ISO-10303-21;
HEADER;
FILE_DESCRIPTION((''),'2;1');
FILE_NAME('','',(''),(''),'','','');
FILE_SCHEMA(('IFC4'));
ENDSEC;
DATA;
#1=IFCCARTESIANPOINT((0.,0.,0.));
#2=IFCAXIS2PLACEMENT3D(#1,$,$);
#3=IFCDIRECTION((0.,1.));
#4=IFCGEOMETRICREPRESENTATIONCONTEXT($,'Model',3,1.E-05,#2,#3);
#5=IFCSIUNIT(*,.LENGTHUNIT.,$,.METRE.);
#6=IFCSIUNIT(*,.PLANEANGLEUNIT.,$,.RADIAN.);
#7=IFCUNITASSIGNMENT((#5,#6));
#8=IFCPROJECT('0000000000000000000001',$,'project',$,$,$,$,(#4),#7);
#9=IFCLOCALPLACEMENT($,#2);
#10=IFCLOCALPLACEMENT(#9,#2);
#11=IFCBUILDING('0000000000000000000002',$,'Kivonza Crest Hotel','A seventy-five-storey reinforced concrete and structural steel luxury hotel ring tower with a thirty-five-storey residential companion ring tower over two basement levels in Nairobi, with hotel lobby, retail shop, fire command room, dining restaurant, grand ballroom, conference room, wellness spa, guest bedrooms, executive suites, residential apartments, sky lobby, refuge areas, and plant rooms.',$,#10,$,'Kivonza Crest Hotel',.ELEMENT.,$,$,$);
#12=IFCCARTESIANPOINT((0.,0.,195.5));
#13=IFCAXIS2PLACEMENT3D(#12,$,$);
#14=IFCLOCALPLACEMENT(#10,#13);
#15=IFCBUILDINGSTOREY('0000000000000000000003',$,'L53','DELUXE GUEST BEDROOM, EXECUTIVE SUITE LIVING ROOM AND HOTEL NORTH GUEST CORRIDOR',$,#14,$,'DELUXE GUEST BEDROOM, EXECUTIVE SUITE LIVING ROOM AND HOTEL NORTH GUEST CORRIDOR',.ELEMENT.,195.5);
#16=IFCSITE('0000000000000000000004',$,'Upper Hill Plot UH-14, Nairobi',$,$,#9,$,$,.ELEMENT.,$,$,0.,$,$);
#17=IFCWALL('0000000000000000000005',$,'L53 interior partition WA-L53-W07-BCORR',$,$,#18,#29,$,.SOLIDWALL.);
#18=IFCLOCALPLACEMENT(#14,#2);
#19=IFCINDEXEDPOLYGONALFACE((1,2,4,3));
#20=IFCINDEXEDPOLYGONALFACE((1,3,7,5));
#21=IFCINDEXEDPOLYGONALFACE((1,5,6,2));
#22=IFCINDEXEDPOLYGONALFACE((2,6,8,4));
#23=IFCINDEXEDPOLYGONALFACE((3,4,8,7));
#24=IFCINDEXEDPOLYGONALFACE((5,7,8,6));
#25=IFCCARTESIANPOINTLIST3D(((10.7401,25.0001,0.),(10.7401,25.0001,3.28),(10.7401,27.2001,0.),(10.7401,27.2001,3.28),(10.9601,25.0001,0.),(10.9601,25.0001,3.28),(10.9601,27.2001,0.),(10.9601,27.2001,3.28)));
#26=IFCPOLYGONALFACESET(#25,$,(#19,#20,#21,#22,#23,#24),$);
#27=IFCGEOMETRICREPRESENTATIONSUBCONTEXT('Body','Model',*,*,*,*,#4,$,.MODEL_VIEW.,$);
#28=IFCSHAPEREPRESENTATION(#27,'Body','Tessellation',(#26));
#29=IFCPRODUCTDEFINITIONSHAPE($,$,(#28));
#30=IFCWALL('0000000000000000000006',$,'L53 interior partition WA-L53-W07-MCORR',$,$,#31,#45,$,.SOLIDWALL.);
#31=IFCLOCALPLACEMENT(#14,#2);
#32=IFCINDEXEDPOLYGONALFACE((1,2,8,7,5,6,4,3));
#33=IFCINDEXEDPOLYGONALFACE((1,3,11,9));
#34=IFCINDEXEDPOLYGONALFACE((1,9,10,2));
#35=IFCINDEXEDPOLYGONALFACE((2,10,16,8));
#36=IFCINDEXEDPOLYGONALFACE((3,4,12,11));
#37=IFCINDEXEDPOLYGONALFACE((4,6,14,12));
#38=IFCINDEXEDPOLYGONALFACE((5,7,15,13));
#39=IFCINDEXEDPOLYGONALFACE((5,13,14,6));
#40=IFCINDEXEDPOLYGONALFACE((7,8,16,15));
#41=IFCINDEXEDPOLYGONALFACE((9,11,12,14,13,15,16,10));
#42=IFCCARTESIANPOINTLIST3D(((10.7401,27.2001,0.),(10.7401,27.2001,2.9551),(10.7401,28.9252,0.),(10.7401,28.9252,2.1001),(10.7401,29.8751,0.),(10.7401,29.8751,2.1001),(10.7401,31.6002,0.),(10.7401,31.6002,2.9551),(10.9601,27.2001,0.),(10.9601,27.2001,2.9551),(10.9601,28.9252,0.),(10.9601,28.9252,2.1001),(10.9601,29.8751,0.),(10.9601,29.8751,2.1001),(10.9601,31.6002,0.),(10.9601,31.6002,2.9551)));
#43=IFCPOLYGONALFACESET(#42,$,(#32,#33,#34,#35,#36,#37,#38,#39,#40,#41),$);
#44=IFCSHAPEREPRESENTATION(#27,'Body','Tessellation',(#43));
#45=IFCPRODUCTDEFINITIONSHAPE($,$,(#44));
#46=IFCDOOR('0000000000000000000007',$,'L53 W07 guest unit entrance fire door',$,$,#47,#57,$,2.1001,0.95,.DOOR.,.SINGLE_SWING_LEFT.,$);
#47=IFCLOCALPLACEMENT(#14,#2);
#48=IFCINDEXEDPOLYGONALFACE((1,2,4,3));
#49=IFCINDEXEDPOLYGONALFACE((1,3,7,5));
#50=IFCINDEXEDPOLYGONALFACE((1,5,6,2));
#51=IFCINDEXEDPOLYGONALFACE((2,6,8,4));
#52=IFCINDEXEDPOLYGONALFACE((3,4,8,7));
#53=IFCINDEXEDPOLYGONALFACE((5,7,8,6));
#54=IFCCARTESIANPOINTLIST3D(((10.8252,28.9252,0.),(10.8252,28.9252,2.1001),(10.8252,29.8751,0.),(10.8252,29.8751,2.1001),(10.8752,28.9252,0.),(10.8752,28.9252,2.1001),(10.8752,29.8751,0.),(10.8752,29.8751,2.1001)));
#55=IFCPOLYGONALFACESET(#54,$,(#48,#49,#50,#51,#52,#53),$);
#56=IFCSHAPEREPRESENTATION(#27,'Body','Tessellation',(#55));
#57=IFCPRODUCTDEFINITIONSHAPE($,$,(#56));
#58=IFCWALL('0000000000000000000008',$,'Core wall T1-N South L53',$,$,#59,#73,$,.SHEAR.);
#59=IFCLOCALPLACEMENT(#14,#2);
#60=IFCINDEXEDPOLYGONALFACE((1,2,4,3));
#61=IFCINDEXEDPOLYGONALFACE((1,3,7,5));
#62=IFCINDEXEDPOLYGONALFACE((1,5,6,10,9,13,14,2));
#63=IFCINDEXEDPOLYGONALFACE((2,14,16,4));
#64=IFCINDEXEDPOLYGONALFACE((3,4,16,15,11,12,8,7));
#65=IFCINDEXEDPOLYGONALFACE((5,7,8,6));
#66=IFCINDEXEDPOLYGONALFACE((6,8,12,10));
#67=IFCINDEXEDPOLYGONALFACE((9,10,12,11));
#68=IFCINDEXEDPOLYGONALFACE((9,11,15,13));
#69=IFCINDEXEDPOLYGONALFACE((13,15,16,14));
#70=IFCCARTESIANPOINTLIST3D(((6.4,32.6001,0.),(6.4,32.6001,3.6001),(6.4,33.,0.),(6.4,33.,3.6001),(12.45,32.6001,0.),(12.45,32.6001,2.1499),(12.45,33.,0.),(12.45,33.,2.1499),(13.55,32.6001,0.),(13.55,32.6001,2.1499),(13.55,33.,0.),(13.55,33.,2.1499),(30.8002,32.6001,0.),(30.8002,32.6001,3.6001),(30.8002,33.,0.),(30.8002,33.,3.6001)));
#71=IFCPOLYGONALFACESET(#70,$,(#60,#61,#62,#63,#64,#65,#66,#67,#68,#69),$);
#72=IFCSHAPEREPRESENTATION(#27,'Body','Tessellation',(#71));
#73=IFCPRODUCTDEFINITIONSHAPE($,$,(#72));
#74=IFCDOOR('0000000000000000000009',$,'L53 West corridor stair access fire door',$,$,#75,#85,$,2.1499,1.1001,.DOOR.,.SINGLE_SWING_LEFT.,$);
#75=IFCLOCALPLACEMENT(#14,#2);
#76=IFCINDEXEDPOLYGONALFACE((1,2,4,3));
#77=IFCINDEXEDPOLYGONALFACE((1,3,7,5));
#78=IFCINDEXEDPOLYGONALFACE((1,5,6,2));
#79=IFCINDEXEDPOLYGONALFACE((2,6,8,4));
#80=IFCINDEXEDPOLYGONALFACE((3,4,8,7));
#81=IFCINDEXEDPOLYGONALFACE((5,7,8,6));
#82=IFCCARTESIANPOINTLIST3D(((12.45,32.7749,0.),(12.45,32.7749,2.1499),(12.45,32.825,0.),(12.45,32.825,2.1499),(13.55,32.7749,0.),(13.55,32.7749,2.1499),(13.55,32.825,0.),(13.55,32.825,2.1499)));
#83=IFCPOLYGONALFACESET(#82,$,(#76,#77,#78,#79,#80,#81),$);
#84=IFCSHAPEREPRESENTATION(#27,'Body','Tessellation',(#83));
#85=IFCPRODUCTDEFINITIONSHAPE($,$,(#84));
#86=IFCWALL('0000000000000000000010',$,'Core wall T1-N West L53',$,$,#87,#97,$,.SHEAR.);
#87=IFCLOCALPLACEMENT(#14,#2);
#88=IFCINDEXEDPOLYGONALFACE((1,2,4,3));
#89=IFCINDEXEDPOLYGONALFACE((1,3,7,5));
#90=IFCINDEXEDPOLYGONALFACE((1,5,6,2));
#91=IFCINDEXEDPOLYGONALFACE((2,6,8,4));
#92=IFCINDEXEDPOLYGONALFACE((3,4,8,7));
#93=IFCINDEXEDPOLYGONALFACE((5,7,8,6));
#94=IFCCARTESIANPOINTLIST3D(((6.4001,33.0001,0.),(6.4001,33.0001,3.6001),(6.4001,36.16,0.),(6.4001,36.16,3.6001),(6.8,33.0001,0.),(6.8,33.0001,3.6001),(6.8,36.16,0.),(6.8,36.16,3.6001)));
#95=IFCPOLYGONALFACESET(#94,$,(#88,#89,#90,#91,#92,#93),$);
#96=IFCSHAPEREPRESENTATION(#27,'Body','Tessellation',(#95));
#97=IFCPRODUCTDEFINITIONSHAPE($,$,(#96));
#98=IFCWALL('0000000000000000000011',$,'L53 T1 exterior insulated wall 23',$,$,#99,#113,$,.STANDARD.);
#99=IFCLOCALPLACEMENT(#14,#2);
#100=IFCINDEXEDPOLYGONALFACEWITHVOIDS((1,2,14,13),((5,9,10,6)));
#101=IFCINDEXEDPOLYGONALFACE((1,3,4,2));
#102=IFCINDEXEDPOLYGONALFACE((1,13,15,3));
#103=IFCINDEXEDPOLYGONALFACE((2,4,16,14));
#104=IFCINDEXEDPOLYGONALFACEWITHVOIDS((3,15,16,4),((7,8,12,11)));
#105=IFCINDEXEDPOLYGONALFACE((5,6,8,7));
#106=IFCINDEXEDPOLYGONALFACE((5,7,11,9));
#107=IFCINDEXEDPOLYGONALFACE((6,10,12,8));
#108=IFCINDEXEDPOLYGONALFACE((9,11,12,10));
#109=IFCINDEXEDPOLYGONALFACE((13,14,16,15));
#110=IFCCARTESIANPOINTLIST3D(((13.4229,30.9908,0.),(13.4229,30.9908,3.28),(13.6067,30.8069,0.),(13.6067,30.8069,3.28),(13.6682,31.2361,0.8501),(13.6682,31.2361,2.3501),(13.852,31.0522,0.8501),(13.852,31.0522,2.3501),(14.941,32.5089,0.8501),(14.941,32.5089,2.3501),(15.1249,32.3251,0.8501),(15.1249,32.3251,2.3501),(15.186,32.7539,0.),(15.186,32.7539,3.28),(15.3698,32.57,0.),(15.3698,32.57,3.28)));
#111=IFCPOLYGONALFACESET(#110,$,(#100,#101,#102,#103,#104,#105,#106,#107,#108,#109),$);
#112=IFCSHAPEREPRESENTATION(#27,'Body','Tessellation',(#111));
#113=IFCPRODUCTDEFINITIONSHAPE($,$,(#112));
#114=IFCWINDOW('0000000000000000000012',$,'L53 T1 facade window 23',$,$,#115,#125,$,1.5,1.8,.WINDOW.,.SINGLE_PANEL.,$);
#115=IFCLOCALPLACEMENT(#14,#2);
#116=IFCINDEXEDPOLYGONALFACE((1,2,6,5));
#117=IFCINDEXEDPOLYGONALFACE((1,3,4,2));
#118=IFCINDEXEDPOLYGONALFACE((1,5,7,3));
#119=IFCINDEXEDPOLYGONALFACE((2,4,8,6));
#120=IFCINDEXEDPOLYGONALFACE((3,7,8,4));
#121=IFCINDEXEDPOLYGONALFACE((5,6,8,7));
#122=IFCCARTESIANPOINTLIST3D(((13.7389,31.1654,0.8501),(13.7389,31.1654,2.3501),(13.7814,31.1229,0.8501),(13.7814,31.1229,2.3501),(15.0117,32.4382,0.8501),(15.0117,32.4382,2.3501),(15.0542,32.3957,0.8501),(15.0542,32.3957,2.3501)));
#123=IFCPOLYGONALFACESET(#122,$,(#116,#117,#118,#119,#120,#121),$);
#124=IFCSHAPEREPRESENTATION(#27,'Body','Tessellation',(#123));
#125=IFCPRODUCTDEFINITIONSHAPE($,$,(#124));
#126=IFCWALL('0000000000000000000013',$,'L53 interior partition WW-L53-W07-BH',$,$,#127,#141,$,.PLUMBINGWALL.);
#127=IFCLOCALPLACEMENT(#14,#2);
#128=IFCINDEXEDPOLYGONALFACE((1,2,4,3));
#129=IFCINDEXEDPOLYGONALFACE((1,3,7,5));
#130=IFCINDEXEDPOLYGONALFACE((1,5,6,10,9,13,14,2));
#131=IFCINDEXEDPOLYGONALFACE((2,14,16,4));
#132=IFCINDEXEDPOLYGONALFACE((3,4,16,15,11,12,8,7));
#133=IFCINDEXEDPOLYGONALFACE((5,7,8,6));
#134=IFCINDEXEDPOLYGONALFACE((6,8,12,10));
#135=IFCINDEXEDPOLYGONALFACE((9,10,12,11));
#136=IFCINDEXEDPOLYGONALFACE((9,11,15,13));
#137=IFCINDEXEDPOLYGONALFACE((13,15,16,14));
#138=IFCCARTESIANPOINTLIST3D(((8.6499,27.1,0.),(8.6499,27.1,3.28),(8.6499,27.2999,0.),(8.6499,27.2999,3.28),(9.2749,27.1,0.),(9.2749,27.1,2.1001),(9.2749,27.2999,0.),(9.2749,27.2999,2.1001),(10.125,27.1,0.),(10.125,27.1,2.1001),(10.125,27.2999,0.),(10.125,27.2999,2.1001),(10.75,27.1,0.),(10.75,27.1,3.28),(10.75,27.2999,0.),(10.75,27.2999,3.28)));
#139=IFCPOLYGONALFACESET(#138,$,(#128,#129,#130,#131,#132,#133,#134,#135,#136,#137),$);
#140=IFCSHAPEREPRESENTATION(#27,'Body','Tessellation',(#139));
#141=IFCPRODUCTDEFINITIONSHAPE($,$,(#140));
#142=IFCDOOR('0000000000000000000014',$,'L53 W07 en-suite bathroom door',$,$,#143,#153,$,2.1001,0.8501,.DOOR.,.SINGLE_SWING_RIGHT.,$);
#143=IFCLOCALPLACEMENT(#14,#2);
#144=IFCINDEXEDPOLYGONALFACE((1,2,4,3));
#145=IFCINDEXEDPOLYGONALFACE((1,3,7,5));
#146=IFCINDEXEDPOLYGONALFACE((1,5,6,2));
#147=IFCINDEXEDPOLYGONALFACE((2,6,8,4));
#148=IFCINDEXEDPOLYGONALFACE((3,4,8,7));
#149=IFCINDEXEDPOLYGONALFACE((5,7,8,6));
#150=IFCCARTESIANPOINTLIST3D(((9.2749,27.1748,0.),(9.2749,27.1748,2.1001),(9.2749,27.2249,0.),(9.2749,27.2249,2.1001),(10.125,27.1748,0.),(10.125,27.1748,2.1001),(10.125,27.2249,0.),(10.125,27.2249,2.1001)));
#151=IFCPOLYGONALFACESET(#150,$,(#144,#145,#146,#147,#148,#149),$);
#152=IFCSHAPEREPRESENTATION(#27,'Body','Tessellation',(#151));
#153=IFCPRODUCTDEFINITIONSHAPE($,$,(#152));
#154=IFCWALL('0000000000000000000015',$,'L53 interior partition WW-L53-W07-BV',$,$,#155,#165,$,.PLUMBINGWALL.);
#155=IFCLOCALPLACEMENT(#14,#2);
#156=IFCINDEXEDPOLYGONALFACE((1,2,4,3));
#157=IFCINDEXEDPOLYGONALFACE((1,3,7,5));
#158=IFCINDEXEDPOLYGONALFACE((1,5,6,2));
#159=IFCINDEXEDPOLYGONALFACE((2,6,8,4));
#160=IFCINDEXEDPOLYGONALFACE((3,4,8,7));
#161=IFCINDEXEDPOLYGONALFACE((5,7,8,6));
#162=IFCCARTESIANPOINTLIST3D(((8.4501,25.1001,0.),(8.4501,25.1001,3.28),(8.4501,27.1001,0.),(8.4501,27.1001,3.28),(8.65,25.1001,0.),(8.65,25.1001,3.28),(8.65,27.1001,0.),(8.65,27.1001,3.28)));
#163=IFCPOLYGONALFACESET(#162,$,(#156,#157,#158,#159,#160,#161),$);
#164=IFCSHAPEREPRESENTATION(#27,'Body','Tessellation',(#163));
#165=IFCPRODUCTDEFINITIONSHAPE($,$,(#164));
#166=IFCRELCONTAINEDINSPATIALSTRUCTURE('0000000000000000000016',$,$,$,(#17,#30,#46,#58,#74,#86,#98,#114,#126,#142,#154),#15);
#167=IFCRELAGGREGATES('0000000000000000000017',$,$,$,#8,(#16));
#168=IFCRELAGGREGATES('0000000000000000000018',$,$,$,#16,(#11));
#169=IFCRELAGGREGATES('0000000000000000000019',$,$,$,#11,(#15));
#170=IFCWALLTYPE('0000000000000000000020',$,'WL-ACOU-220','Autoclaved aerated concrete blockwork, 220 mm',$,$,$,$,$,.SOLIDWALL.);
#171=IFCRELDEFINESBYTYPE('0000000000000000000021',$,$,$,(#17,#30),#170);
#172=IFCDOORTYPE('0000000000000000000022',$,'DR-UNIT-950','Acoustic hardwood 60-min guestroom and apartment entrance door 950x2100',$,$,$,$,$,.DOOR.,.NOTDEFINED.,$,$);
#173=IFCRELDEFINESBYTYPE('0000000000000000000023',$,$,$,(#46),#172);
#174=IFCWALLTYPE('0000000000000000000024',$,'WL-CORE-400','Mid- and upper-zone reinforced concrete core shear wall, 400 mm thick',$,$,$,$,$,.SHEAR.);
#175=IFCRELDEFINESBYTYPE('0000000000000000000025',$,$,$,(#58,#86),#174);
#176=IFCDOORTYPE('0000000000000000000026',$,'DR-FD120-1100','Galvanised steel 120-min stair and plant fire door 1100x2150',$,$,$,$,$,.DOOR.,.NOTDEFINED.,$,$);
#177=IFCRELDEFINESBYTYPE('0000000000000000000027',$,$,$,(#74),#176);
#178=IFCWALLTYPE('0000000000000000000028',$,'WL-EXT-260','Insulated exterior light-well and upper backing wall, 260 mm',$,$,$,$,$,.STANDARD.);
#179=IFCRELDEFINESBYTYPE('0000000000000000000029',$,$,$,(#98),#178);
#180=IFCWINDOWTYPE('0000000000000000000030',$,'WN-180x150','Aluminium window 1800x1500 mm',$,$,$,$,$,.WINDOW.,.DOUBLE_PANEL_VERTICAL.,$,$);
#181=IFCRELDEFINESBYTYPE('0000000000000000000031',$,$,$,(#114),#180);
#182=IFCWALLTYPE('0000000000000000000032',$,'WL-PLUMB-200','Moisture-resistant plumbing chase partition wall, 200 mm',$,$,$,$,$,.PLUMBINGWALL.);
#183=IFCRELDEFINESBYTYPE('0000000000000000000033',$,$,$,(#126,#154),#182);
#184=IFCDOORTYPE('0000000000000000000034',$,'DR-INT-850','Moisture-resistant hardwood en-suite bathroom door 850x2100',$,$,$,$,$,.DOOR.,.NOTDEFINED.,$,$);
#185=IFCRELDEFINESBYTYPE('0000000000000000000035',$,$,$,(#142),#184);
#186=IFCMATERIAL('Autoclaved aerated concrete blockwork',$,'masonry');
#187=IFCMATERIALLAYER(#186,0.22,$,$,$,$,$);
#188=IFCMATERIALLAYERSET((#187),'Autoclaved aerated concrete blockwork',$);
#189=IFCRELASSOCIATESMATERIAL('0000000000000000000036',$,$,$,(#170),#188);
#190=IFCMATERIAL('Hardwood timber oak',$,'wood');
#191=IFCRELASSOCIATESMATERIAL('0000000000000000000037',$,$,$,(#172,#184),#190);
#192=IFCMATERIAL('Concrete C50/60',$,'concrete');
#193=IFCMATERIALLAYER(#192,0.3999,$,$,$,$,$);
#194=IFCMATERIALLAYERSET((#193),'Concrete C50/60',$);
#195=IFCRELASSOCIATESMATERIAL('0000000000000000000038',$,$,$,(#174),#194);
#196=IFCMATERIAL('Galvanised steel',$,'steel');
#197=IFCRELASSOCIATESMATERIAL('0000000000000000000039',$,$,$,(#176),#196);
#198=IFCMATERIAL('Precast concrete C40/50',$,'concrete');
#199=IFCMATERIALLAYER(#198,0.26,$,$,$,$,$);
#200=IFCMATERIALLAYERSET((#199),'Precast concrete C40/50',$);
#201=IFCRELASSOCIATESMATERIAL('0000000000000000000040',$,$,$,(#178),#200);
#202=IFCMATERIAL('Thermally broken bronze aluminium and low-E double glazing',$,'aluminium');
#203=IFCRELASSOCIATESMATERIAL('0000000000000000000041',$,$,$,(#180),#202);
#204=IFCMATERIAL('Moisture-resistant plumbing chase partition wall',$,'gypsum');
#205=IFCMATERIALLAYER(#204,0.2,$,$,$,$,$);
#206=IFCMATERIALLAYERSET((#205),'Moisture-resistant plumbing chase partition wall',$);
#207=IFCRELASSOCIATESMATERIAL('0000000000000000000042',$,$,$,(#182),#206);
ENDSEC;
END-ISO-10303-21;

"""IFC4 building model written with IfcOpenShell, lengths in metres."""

from ifc_helpers import new_model, si_unit, direction, frame, frame_2d, origin, place, context, subcontext, project, spatial, rectangle, extrude, material, layer, layer_set, type_object, element, fill, save


model = new_model("IFC4")

# Units and contexts
model_context = context("Model", 3, precision=1e-05, world=origin(), true_north=direction((0.0, 1.0)))
body_context = subcontext(model_context, "Body", "Model", "MODEL_VIEW")
ifc_project = project(units=[si_unit("LENGTHUNIT", "METRE"), si_unit("PLANEANGLEUNIT", "RADIAN")], contexts=[model_context])

# Site, building, storey
site_placement = place(None, origin())
site = spatial("IfcSite", under=ifc_project, at=site_placement, Name="Upper Hill Plot UH-14, Nairobi", CompositionType="ELEMENT", RefElevation=0.0)
building_placement = place(site_placement, origin())
building = spatial("IfcBuilding", under=site, at=building_placement, Name="Kivonza Crest Hotel", Description="A seventy-five-storey reinforced concrete and structural steel luxury hotel ring tower with a thirty-five-storey residential companion ring tower over two basement levels in Nairobi, with hotel lobby, retail shop, fire command room, dining restaurant, grand ballroom, conference room, wellness spa, guest bedrooms, executive suites, residential apartments, sky lobby, refuge areas, and plant rooms.", LongName="Kivonza Crest Hotel", CompositionType="ELEMENT")
storey_placement = place(building_placement, frame((0.0, 0.0, 195.5)))
storey = spatial("IfcBuildingStorey", under=building, at=storey_placement, Name="L53", Description="DELUXE GUEST BEDROOM, EXECUTIVE SUITE LIVING ROOM AND HOTEL NORTH GUEST CORRIDOR", LongName="DELUXE GUEST BEDROOM, EXECUTIVE SUITE LIVING ROOM AND HOTEL NORTH GUEST CORRIDOR", CompositionType="ELEMENT", Elevation=195.5)

# Shared definitions
ifc_material_1 = material(Name="Concrete C50/60", Category="concrete")

# Wall
ifc_material_2 = material(Name="Autoclaved aerated concrete blockwork", Category="masonry")
ifc_layer_1 = layer(ifc_material_2, 0.22)
ifc_layer_set_1 = layer_set([ifc_layer_1], Name="Autoclaved aerated concrete blockwork")
wall_type_1 = type_object("IfcWallType", Name="WL-ACOU-220", Description="Autoclaved aerated concrete blockwork, 220 mm", PredefinedType="SOLIDWALL", material=ifc_layer_set_1)
wall_1_placement = place(storey_placement, frame((10.8501, 25.0, 0.0), z_axis=(0.0, 0.0, 1.0), x_axis=(0.0, 1.0, 0.0)))
element("IfcWall", 1, at=wall_1_placement, inside=storey, type_object=wall_type_1, Name="L53 interior partition WA-L53-W07-BCORR", PredefinedType="SOLIDWALL", context=body_context, shape_type="SweptSolid", body=[
    extrude(rectangle(XDim=2.2, YDim=0.22, at=frame_2d((1.1001, 0.0))), origin(), (0.0, 0.0, 1.0), 3.28),
])

# Walls, openings, doors
wall_2_placement = place(storey_placement, frame((10.8501, 27.2, 0.0), z_axis=(0.0, 0.0, 1.0), x_axis=(0.0, 1.0, 0.0)))
wall_2 = element("IfcWall", 2, at=wall_2_placement, inside=storey, type_object=wall_type_1, Name="L53 interior partition WA-L53-W07-MCORR", PredefinedType="SOLIDWALL", context=body_context, shape_type="SweptSolid", body=[
    extrude(rectangle(XDim=4.4001, YDim=0.22, at=frame_2d((2.2002, 0.0))), origin(), (0.0, 0.0, 1.0), 2.9551),
])
opening_1_placement = place(wall_2_placement, frame((1.7251, 0.0, 0.0)))
opening_1 = element("IfcOpeningElement", 3, at=opening_1_placement, cuts=wall_2, PredefinedType="OPENING", context=body_context, shape_type="SweptSolid", body=[
    extrude(rectangle(XDim=0.95, YDim=2.1001, at=frame_2d((0.4751, 1.05))), frame((0.0, 0.1201, 0.0), z_axis=(0.0, -1.0, 0.0), x_axis=(1.0, 0.0, 0.0)), (0.0, 0.0, 1.0), 0.24),
])
ifc_material_3 = material(Name="Hardwood timber oak", Category="wood")
door_type_1 = type_object("IfcDoorType", Name="DR-UNIT-950", Description="Acoustic hardwood 60-min guestroom and apartment entrance door 950x2100", OperationType="NOTDEFINED", PredefinedType="DOOR", material=ifc_material_3)
door_1_placement = place(opening_1_placement, origin())
door_1 = element("IfcDoor", 4, at=door_1_placement, inside=storey, type_object=door_type_1, Name="L53 W07 guest unit entrance fire door", OperationType="SINGLE_SWING_LEFT", OverallHeight=2.1001, OverallWidth=0.95, PredefinedType="DOOR", context=body_context, shape_type="SweptSolid", body=[
    extrude(rectangle(XDim=0.95, YDim=2.1001, at=frame_2d((0.4751, 1.05))), frame((0.0, 0.0249, 0.0), z_axis=(0.0, -1.0, 0.0), x_axis=(1.0, 0.0, 0.0)), (0.0, 0.0, 1.0), 0.05),
])
fill(opening_1, door_1)
ifc_layer_2 = layer(ifc_material_1, 0.3999)
ifc_layer_set_2 = layer_set([ifc_layer_2], Name="Concrete C50/60")
wall_type_2 = type_object("IfcWallType", Name="WL-CORE-400", Description="Mid- and upper-zone reinforced concrete core shear wall, 400 mm thick", PredefinedType="SHEAR", material=ifc_layer_set_2)
wall_3_placement = place(storey_placement, frame((6.3999, 32.8, 0.0), z_axis=(0.0, 0.0, 1.0), x_axis=(1.0, 0.0, 0.0)))
wall_3 = element("IfcWall", 5, at=wall_3_placement, inside=storey, type_object=wall_type_2, Name="Core wall T1-N South L53", PredefinedType="SHEAR", context=body_context, shape_type="SweptSolid", body=[
    extrude(rectangle(XDim=24.4001, YDim=0.3999, at=frame_2d((12.2002, 0.0))), origin(), (0.0, 0.0, 1.0), 3.6001),
])
opening_2_placement = place(wall_3_placement, frame((6.05, 0.0, 0.0)))
opening_2 = element("IfcOpeningElement", 6, at=opening_2_placement, cuts=wall_3, PredefinedType="OPENING", context=body_context, shape_type="SweptSolid", body=[
    extrude(rectangle(XDim=1.1001, YDim=2.1499, at=frame_2d((0.55, 1.075))), frame((0.0, 0.21, 0.0), z_axis=(0.0, -1.0, 0.0), x_axis=(1.0, 0.0, 0.0)), (0.0, 0.0, 1.0), 0.4199),
])
ifc_material_4 = material(Name="Galvanised steel", Category="steel")
door_type_2 = type_object("IfcDoorType", Name="DR-FD120-1100", Description="Galvanised steel 120-min stair and plant fire door 1100x2150", OperationType="NOTDEFINED", PredefinedType="DOOR", material=ifc_material_4)
door_2_placement = place(opening_2_placement, origin())
door_2 = element("IfcDoor", 7, at=door_2_placement, inside=storey, type_object=door_type_2, Name="L53 West corridor stair access fire door", OperationType="SINGLE_SWING_LEFT", OverallHeight=2.1499, OverallWidth=1.1001, PredefinedType="DOOR", context=body_context, shape_type="SweptSolid", body=[
    extrude(rectangle(XDim=1.1001, YDim=2.1499, at=frame_2d((0.55, 1.075))), frame((0.0, 0.0249, 0.0), z_axis=(0.0, -1.0, 0.0), x_axis=(1.0, 0.0, 0.0)), (0.0, 0.0, 1.0), 0.05),
])
fill(opening_2, door_2)

# Wall
wall_4_placement = place(storey_placement, frame((6.6001, 33.0, 0.0), z_axis=(0.0, 0.0, 1.0), x_axis=(0.0, 1.0, 0.0)))
element("IfcWall", 8, at=wall_4_placement, inside=storey, type_object=wall_type_2, Name="Core wall T1-N West L53", PredefinedType="SHEAR", context=body_context, shape_type="SweptSolid", body=[
    extrude(rectangle(XDim=3.1599, YDim=0.3999, at=frame_2d((1.5801, 0.0))), origin(), (0.0, 0.0, 1.0), 3.6001),
])

# Wall, opening, window
ifc_material_5 = material(Name="Precast concrete C40/50", Category="concrete")
ifc_layer_3 = layer(ifc_material_5, 0.26)
ifc_layer_set_3 = layer_set([ifc_layer_3], Name="Precast concrete C40/50")
wall_type_3 = type_object("IfcWallType", Name="WL-EXT-260", Description="Insulated exterior light-well and upper backing wall, 260 mm", PredefinedType="STANDARD", material=ifc_layer_set_3)
wall_5_placement = place(storey_placement, frame((13.5149, 30.8989, 0.0), z_axis=(0.0, 0.0, 1.0), x_axis=(0.707107, 0.707107, 0.0)))
wall_5 = element("IfcWall", 9, at=wall_5_placement, inside=storey, type_object=wall_type_3, Name="L53 T1 exterior insulated wall 23", PredefinedType="STANDARD", context=body_context, shape_type="SweptSolid", body=[
    extrude(rectangle(XDim=2.4934, YDim=0.26, at=frame_2d((1.2466, 0.0))), origin(), (0.0, 0.0, 1.0), 3.28),
])
opening_3_placement = place(wall_5_placement, frame((0.3469, 0.0, 0.8501)))
opening_3 = element("IfcOpeningElement", 10, at=opening_3_placement, cuts=wall_5, PredefinedType="OPENING", context=body_context, shape_type="SweptSolid", body=[
    extrude(rectangle(XDim=1.8, YDim=1.5, at=frame_2d((0.8999, 0.75))), frame((0.0, 0.1401, 0.0), z_axis=(0.0, -1.0, 0.0), x_axis=(1.0, 0.0, 0.0)), (0.0, 0.0, 1.0), 0.28),
])
ifc_material_6 = material(Name="Thermally broken bronze aluminium and low-E double glazing", Category="aluminium")
window_type = type_object("IfcWindowType", Name="WN-180x150", Description="Aluminium window 1800x1500 mm", PartitioningType="DOUBLE_PANEL_VERTICAL", PredefinedType="WINDOW", material=ifc_material_6)
window_placement = place(opening_3_placement, origin())
window = element("IfcWindow", 11, at=window_placement, inside=storey, type_object=window_type, Name="L53 T1 facade window 23", OverallHeight=1.5, OverallWidth=1.8, PartitioningType="SINGLE_PANEL", PredefinedType="WINDOW", context=body_context, shape_type="SweptSolid", body=[
    extrude(rectangle(XDim=1.8, YDim=1.5, at=frame_2d((0.8999, 0.75))), frame((0.0, 0.03, 0.0), z_axis=(0.0, -1.0, 0.0), x_axis=(1.0, 0.0, 0.0)), (0.0, 0.0, 1.0), 0.0601),
])
fill(opening_3, window)

# Wall, opening, door
ifc_material_7 = material(Name="Moisture-resistant plumbing chase partition wall", Category="gypsum")
ifc_layer_4 = layer(ifc_material_7, 0.2)
ifc_layer_set_4 = layer_set([ifc_layer_4], Name="Moisture-resistant plumbing chase partition wall")
wall_type_4 = type_object("IfcWallType", Name="WL-PLUMB-200", Description="Moisture-resistant plumbing chase partition wall, 200 mm", PredefinedType="PLUMBINGWALL", material=ifc_layer_set_4)
wall_6_placement = place(storey_placement, frame((8.6499, 27.2, 0.0), z_axis=(0.0, 0.0, 1.0), x_axis=(1.0, 0.0, 0.0)))
wall_6 = element("IfcWall", 12, at=wall_6_placement, inside=storey, type_object=wall_type_4, Name="L53 interior partition WW-L53-W07-BH", PredefinedType="PLUMBINGWALL", context=body_context, shape_type="SweptSolid", body=[
    extrude(rectangle(XDim=2.1001, YDim=0.2, at=frame_2d((1.05, 0.0))), origin(), (0.0, 0.0, 1.0), 3.28),
])
opening_4_placement = place(wall_6_placement, frame((0.625, 0.0, 0.0)))
opening_4 = element("IfcOpeningElement", 13, at=opening_4_placement, cuts=wall_6, PredefinedType="OPENING", context=body_context, shape_type="SweptSolid", body=[
    extrude(rectangle(XDim=0.8501, YDim=2.1001, at=frame_2d((0.425, 1.05))), frame((0.0, 0.1099, 0.0), z_axis=(0.0, -1.0, 0.0), x_axis=(1.0, 0.0, 0.0)), (0.0, 0.0, 1.0), 0.22),
])
door_type_3 = type_object("IfcDoorType", Name="DR-INT-850", Description="Moisture-resistant hardwood en-suite bathroom door 850x2100", OperationType="NOTDEFINED", PredefinedType="DOOR", material=ifc_material_3)
door_3_placement = place(opening_4_placement, origin())
door_3 = element("IfcDoor", 14, at=door_3_placement, inside=storey, type_object=door_type_3, Name="L53 W07 en-suite bathroom door", OperationType="SINGLE_SWING_RIGHT", OverallHeight=2.1001, OverallWidth=0.8501, PredefinedType="DOOR", context=body_context, shape_type="SweptSolid", body=[
    extrude(rectangle(XDim=0.8501, YDim=2.1001, at=frame_2d((0.425, 1.05))), frame((0.0, 0.0249, 0.0), z_axis=(0.0, -1.0, 0.0), x_axis=(1.0, 0.0, 0.0)), (0.0, 0.0, 1.0), 0.05),
])
fill(opening_4, door_3)

# Wall
wall_7_placement = place(storey_placement, frame((8.55, 25.1001, 0.0), z_axis=(0.0, 0.0, 1.0), x_axis=(0.0, 1.0, 0.0)))
element("IfcWall", 15, at=wall_7_placement, inside=storey, type_object=wall_type_4, Name="L53 interior partition WW-L53-W07-BV", PredefinedType="PLUMBINGWALL", context=body_context, shape_type="SweptSolid", body=[
    extrude(rectangle(XDim=2.0, YDim=0.2, at=frame_2d((1.0, 0.0))), origin(), (0.0, 0.0, 1.0), 3.28),
])

save(model, "model.ifc")
